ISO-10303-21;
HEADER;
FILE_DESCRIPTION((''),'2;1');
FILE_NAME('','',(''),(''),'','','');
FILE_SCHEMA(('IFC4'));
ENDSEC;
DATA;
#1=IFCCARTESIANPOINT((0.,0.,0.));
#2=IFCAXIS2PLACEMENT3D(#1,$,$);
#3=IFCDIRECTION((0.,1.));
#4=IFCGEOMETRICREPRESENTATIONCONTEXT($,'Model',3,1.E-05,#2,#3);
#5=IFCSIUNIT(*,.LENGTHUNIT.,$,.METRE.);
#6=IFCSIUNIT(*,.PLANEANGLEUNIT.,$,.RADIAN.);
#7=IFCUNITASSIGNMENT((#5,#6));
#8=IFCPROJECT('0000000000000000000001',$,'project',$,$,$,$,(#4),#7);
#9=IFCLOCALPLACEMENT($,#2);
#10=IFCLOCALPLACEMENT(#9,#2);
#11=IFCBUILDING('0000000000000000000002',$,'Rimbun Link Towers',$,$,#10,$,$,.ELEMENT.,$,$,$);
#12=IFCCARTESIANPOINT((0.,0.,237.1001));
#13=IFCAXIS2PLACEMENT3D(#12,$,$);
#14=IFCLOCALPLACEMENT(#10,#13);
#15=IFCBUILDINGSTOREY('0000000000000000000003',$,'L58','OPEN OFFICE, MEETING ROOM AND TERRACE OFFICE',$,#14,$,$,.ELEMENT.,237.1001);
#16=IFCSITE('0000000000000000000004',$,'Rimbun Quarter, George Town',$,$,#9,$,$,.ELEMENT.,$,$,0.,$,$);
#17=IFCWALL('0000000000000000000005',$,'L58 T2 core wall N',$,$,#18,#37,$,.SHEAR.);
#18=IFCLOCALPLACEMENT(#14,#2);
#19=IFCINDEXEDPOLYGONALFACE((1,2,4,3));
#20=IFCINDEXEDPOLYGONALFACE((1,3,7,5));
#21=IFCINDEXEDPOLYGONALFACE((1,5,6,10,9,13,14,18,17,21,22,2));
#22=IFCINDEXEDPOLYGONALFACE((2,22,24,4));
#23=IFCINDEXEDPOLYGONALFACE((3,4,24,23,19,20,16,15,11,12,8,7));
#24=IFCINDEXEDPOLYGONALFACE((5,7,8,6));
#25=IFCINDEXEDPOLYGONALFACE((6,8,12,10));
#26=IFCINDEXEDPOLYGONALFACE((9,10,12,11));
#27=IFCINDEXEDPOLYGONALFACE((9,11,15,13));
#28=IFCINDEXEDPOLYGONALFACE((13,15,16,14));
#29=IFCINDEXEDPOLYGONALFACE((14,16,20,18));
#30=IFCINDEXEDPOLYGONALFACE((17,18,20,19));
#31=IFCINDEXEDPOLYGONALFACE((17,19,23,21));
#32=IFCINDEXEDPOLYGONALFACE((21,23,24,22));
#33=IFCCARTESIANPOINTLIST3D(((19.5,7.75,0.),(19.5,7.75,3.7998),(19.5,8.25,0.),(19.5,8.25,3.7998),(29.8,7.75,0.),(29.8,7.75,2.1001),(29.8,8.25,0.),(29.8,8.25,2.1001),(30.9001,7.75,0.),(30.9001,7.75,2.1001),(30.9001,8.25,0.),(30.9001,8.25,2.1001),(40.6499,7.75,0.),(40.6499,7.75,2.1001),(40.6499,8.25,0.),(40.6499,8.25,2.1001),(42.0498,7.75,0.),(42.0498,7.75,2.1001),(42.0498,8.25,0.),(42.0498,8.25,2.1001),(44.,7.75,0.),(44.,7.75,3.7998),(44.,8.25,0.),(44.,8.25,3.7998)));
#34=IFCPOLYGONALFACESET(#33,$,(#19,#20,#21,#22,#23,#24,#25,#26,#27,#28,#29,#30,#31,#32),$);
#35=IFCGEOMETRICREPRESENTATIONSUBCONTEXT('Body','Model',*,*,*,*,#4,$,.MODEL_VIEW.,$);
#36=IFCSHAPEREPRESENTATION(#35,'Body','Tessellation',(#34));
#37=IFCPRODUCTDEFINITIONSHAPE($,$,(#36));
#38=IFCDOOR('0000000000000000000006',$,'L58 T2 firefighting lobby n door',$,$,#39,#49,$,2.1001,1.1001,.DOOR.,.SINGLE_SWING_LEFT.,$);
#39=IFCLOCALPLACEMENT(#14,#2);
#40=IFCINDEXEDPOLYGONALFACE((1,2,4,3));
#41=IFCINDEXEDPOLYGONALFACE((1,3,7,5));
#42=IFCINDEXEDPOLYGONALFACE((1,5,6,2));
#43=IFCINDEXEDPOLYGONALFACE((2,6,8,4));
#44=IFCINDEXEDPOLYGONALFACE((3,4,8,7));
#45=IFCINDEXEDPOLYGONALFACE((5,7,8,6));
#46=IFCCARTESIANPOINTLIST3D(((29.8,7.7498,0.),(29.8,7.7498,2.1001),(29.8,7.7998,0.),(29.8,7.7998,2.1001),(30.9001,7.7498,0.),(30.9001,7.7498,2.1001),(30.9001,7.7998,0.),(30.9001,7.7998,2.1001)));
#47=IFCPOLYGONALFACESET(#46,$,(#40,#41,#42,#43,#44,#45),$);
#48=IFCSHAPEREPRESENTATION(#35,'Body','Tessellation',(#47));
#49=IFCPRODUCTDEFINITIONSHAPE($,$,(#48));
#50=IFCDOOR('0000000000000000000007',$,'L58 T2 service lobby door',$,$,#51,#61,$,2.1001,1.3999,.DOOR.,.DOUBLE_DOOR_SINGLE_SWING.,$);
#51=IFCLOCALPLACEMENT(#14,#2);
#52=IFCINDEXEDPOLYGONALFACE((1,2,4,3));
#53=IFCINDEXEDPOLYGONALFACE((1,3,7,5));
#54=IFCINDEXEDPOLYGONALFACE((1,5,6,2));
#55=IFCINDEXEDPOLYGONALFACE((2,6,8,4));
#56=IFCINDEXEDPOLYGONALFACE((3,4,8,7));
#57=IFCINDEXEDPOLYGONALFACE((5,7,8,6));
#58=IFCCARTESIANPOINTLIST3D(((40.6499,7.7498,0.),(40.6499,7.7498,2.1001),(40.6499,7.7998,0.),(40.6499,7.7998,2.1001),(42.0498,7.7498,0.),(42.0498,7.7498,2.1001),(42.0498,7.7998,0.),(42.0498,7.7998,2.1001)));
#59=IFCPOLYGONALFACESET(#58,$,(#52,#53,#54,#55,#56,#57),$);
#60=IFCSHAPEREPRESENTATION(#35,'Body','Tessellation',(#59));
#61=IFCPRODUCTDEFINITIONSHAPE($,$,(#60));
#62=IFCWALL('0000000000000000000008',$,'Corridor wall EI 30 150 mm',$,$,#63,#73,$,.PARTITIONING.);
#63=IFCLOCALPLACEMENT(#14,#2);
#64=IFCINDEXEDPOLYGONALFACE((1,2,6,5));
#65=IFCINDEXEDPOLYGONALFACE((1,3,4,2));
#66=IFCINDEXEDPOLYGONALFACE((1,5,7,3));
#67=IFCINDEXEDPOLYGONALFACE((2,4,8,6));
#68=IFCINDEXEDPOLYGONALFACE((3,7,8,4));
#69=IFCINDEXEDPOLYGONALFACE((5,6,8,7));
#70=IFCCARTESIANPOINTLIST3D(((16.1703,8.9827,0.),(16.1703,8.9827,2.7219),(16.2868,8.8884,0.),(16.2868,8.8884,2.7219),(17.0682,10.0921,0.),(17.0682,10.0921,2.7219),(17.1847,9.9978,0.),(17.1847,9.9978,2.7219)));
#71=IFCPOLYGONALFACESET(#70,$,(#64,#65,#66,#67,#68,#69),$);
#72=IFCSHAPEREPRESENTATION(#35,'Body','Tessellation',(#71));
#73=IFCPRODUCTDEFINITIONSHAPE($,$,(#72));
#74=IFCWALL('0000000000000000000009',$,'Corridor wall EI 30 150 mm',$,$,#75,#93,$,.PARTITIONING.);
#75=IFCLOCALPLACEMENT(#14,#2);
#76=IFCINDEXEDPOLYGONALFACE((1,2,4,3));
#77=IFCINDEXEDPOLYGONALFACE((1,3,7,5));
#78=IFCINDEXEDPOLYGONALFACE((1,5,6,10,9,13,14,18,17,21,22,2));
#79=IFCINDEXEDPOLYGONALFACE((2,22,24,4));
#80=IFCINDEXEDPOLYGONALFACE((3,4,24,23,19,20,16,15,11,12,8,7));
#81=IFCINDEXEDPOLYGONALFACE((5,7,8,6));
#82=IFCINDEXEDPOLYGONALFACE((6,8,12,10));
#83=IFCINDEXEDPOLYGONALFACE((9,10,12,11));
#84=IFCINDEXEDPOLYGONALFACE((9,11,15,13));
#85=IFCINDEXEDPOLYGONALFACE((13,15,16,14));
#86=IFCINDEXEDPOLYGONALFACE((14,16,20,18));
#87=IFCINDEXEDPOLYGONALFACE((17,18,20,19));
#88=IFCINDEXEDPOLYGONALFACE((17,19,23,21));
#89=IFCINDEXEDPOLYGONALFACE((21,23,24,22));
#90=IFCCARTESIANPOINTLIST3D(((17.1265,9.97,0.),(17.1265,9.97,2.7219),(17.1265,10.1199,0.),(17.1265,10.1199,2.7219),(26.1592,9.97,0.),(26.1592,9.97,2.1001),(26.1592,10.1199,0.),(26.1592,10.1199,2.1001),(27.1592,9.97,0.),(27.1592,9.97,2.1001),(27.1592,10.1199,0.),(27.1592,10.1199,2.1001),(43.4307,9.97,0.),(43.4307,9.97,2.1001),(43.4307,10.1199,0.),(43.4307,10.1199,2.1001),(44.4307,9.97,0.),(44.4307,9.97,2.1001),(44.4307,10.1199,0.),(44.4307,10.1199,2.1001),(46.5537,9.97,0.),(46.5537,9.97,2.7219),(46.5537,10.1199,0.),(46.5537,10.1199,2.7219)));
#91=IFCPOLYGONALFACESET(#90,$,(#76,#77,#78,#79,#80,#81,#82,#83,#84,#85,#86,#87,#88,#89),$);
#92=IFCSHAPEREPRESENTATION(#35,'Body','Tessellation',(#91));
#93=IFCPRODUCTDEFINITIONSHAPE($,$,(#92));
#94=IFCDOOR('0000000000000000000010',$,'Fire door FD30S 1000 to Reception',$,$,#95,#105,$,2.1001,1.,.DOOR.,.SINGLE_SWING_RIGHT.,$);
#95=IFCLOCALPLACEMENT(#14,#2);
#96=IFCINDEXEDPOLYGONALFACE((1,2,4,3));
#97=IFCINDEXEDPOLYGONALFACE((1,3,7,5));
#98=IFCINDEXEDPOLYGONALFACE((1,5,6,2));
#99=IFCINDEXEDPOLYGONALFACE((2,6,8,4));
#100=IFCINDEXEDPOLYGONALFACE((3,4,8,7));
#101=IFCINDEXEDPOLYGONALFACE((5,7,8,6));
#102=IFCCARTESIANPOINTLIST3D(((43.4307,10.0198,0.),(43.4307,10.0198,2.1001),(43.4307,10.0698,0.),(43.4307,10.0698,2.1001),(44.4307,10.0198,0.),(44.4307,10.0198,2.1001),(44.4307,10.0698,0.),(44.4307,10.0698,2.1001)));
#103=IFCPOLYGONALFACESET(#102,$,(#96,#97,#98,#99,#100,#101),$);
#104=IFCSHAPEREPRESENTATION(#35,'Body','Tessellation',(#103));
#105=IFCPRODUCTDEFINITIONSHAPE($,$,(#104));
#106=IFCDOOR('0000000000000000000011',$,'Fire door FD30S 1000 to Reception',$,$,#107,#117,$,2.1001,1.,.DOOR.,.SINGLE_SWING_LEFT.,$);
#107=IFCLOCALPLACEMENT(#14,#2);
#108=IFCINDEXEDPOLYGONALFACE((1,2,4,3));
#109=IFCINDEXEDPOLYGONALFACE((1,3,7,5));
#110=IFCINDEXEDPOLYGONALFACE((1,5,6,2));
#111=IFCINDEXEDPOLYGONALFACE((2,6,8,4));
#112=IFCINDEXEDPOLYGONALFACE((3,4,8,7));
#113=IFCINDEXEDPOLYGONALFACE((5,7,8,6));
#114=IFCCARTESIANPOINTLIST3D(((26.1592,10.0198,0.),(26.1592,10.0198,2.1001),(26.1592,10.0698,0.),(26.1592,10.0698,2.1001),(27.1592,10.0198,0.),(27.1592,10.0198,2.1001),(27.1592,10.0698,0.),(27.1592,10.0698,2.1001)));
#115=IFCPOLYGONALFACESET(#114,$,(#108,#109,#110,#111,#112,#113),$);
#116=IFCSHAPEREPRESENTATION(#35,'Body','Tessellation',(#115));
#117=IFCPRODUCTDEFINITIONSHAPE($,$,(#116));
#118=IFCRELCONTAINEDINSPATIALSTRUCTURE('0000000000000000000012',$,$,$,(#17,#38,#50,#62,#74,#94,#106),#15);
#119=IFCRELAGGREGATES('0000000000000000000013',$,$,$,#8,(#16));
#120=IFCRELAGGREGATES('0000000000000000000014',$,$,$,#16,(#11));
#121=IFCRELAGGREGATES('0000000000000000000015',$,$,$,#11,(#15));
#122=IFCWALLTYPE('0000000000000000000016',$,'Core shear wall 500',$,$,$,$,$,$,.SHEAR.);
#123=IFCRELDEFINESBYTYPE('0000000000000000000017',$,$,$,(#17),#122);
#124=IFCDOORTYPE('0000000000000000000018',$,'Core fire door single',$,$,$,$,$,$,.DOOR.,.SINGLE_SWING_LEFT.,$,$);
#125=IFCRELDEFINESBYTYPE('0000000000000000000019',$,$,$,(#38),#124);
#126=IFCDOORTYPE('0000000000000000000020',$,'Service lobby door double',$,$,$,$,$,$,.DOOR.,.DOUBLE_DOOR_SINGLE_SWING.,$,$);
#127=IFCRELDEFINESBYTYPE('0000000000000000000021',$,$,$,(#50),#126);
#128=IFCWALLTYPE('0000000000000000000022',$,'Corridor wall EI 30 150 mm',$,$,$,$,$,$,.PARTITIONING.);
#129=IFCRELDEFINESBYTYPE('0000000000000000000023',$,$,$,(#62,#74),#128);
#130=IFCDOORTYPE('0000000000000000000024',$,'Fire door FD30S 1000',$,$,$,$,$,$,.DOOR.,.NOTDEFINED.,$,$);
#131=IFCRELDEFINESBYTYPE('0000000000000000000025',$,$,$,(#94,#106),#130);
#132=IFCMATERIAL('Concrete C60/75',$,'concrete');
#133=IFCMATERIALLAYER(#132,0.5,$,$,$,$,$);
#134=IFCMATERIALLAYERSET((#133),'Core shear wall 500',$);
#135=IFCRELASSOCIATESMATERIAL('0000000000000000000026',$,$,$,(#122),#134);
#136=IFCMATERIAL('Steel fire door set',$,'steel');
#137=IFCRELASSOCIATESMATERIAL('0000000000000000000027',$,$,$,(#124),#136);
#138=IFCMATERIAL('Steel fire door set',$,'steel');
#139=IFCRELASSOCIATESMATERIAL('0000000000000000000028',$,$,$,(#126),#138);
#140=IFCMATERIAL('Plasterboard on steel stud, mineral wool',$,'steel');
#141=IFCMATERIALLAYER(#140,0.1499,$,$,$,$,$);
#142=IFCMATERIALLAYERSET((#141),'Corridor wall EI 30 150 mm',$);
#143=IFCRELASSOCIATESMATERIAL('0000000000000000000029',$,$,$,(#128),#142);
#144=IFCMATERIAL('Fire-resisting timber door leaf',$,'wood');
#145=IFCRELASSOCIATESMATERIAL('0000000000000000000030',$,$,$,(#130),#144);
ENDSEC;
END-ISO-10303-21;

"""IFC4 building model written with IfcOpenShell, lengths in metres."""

from ifc_helpers import new_model, si_unit, direction, frame, frame_2d, origin, place, context, subcontext, project, spatial, rectangle, extrude, material, layer, layer_set, type_object, element, fill, save


model = new_model("IFC4")

# Units and contexts
model_context = context("Model", 3, precision=1e-05, world=origin(), true_north=direction((0.0, 1.0)))
body_context = subcontext(model_context, "Body", "Model", "MODEL_VIEW")
ifc_project = project(units=[si_unit("LENGTHUNIT", "METRE"), si_unit("PLANEANGLEUNIT", "RADIAN")], contexts=[model_context])

# Site, building, storey
site_placement = place(None, origin())
site = spatial("IfcSite", under=ifc_project, at=site_placement, Name="Rimbun Quarter, George Town", CompositionType="ELEMENT", RefElevation=0.0)
building_placement = place(site_placement, origin())
building = spatial("IfcBuilding", under=site, at=building_placement, Name="Rimbun Link Towers", CompositionType="ELEMENT")
storey_placement = place(building_placement, frame((0.0, 0.0, 237.1001)))
storey = spatial("IfcBuildingStorey", under=building, at=storey_placement, Name="L58", Description="OPEN OFFICE, MEETING ROOM AND TERRACE OFFICE", CompositionType="ELEMENT", Elevation=237.1001)

# Wall, openings, doors
ifc_material_1 = material(Name="Concrete C60/75", Category="concrete")
ifc_layer_1 = layer(ifc_material_1, 0.5)
ifc_layer_set_1 = layer_set([ifc_layer_1], Name="Core shear wall 500")
wall_type_1 = type_object("IfcWallType", Name="Core shear wall 500", PredefinedType="SHEAR", material=ifc_layer_set_1)
wall_1_placement = place(storey_placement, frame((19.5, 8.0, 0.0), z_axis=(0.0, 0.0, 1.0), x_axis=(1.0, 0.0, 0.0)))
wall_1 = element("IfcWall", 1, at=wall_1_placement, inside=storey, type_object=wall_type_1, Name="L58 T2 core wall N", PredefinedType="SHEAR", context=body_context, shape_type="SweptSolid", body=[
    extrude(rectangle(XDim=24.5, YDim=0.5, at=frame_2d((12.25, 0.0))), origin(), (0.0, 0.0, 1.0), 3.7998),
])
opening_1_placement = place(wall_1_placement, frame((10.3, 0.0, 0.0)))
opening_1 = element("IfcOpeningElement", 2, at=opening_1_placement, cuts=wall_1, PredefinedType="OPENING", context=body_context, shape_type="SweptSolid", body=[
    extrude(rectangle(XDim=1.1001, YDim=2.1001, at=frame_2d((0.55, 1.05))), frame((0.0, 0.26, 0.0), z_axis=(0.0, -1.0, 0.0), x_axis=(1.0, 0.0, 0.0)), (0.0, 0.0, 1.0), 0.52),
])
opening_2_placement = place(wall_1_placement, frame((21.1499, 0.0, 0.0)))
opening_2 = element("IfcOpeningElement", 3, at=opening_2_placement, cuts=wall_1, PredefinedType="OPENING", context=body_context, shape_type="SweptSolid", body=[
    extrude(rectangle(XDim=1.3999, YDim=2.1001, at=frame_2d((0.7, 1.05))), frame((0.0, 0.26, 0.0), z_axis=(0.0, -1.0, 0.0), x_axis=(1.0, 0.0, 0.0)), (0.0, 0.0, 1.0), 0.52),
])
ifc_material_2 = material(Name="Steel fire door set", Category="steel")
door_type_1 = type_object("IfcDoorType", Name="Core fire door single", OperationType="SINGLE_SWING_LEFT", PredefinedType="DOOR", material=ifc_material_2)
door_1_placement = place(opening_1_placement, origin())
door_1 = element("IfcDoor", 4, at=door_1_placement, inside=storey, type_object=door_type_1, Name="L58 T2 firefighting lobby n door", OperationType="SINGLE_SWING_LEFT", OverallHeight=2.1001, OverallWidth=1.1001, PredefinedType="DOOR", context=body_context, shape_type="SweptSolid", body=[
    extrude(rectangle(XDim=1.1001, YDim=2.1001, at=frame_2d((0.55, 1.05))), frame((0.0, -0.2002, 0.0), z_axis=(0.0, -1.0, 0.0), x_axis=(1.0, 0.0, 0.0)), (0.0, 0.0, 1.0), 0.05),
])
fill(opening_1, door_1)
ifc_material_3 = material(Name="Steel fire door set", Category="steel")
door_type_2 = type_object("IfcDoorType", Name="Service lobby door double", OperationType="DOUBLE_DOOR_SINGLE_SWING", PredefinedType="DOOR", material=ifc_material_3)
door_2_placement = place(opening_2_placement, origin())
door_2 = element("IfcDoor", 5, at=door_2_placement, inside=storey, type_object=door_type_2, Name="L58 T2 service lobby door", OperationType="DOUBLE_DOOR_SINGLE_SWING", OverallHeight=2.1001, OverallWidth=1.3999, PredefinedType="DOOR", context=body_context, shape_type="SweptSolid", body=[
    extrude(rectangle(XDim=1.3999, YDim=2.1001, at=frame_2d((0.7, 1.05))), frame((0.0, -0.2002, 0.0), z_axis=(0.0, -1.0, 0.0), x_axis=(1.0, 0.0, 0.0)), (0.0, 0.0, 1.0), 0.05),
])
fill(opening_2, door_2)

# Wall
ifc_material_4 = material(Name="Plasterboard on steel stud, mineral wool", Category="steel")
ifc_layer_2 = layer(ifc_material_4, 0.1499)
ifc_layer_set_2 = layer_set([ifc_layer_2], Name="Corridor wall EI 30 150 mm")
wall_type_2 = type_object("IfcWallType", Name="Corridor wall EI 30 150 mm", PredefinedType="PARTITIONING", material=ifc_layer_set_2)
wall_2_placement = place(storey_placement, frame((17.1265, 10.0449, 0.0), z_axis=(0.0, 0.0, 1.0), x_axis=(-0.629149, -0.777285, 0.0)))
element("IfcWall", 6, at=wall_2_placement, inside=storey, type_object=wall_type_2, Name="Corridor wall EI 30 150 mm", PredefinedType="PARTITIONING", context=body_context, shape_type="SweptSolid", body=[
    extrude(rectangle(XDim=1.4272, YDim=0.1499, at=frame_2d((0.7136, 0.0))), origin(), (0.0, 0.0, 1.0), 2.7219),
])

# Wall, openings, doors
wall_3_placement = place(storey_placement, frame((17.1265, 10.0449, 0.0), z_axis=(0.0, 0.0, 1.0), x_axis=(1.0, 0.0, 0.0)))
wall_3 = element("IfcWall", 7, at=wall_3_placement, inside=storey, type_object=wall_type_2, Name="Corridor wall EI 30 150 mm", PredefinedType="PARTITIONING", context=body_context, shape_type="SweptSolid", body=[
    extrude(rectangle(XDim=29.4272, YDim=0.1499, at=frame_2d((14.7136, 0.0))), origin(), (0.0, 0.0, 1.0), 2.7219),
])
opening_3_placement = place(wall_3_placement, frame((26.3042, 0.0, 0.0)))
opening_3 = element("IfcOpeningElement", 8, at=opening_3_placement, cuts=wall_3, PredefinedType="OPENING", context=body_context, shape_type="SweptSolid", body=[
    extrude(rectangle(XDim=1.0, YDim=2.1001, at=frame_2d((0.5, 1.05))), frame((0.0, 0.085, 0.0), z_axis=(0.0, -1.0, 0.0), x_axis=(1.0, 0.0, 0.0)), (0.0, 0.0, 1.0), 0.1699),
])
opening_4_placement = place(wall_3_placement, frame((9.0327, 0.0, 0.0)))
opening_4 = element("IfcOpeningElement", 9, at=opening_4_placement, cuts=wall_3, PredefinedType="OPENING", context=body_context, shape_type="SweptSolid", body=[
    extrude(rectangle(XDim=1.0, YDim=2.1001, at=frame_2d((0.5, 1.05))), frame((0.0, 0.085, 0.0), z_axis=(0.0, -1.0, 0.0), x_axis=(1.0, 0.0, 0.0)), (0.0, 0.0, 1.0), 0.1699),
])
ifc_material_5 = material(Name="Fire-resisting timber door leaf", Category="wood")
door_type_3 = type_object("IfcDoorType", Name="Fire door FD30S 1000", OperationType="NOTDEFINED", PredefinedType="DOOR", material=ifc_material_5)
door_3_placement = place(opening_3_placement, origin())
door_3 = element("IfcDoor", 10, at=door_3_placement, inside=storey, type_object=door_type_3, Name="Fire door FD30S 1000 to Reception", OperationType="SINGLE_SWING_RIGHT", OverallHeight=2.1001, OverallWidth=1.0, PredefinedType="DOOR", context=body_context, shape_type="SweptSolid", body=[
    extrude(rectangle(XDim=1.0, YDim=2.1001, at=frame_2d((0.5, 1.05))), frame((0.0, 0.0249, 0.0), z_axis=(0.0, -1.0, 0.0), x_axis=(1.0, 0.0, 0.0)), (0.0, 0.0, 1.0), 0.05),
])
fill(opening_3, door_3)
door_4_placement = place(opening_4_placement, origin())
door_4 = element("IfcDoor", 11, at=door_4_placement, inside=storey, type_object=door_type_3, Name="Fire door FD30S 1000 to Reception", OperationType="SINGLE_SWING_LEFT", OverallHeight=2.1001, OverallWidth=1.0, PredefinedType="DOOR", context=body_context, shape_type="SweptSolid", body=[
    extrude(rectangle(XDim=1.0, YDim=2.1001, at=frame_2d((0.5, 1.05))), frame((0.0, 0.0249, 0.0), z_axis=(0.0, -1.0, 0.0), x_axis=(1.0, 0.0, 0.0)), (0.0, 0.0, 1.0), 0.05),
])
fill(opening_4, door_4)

save(model, "model.ifc")
